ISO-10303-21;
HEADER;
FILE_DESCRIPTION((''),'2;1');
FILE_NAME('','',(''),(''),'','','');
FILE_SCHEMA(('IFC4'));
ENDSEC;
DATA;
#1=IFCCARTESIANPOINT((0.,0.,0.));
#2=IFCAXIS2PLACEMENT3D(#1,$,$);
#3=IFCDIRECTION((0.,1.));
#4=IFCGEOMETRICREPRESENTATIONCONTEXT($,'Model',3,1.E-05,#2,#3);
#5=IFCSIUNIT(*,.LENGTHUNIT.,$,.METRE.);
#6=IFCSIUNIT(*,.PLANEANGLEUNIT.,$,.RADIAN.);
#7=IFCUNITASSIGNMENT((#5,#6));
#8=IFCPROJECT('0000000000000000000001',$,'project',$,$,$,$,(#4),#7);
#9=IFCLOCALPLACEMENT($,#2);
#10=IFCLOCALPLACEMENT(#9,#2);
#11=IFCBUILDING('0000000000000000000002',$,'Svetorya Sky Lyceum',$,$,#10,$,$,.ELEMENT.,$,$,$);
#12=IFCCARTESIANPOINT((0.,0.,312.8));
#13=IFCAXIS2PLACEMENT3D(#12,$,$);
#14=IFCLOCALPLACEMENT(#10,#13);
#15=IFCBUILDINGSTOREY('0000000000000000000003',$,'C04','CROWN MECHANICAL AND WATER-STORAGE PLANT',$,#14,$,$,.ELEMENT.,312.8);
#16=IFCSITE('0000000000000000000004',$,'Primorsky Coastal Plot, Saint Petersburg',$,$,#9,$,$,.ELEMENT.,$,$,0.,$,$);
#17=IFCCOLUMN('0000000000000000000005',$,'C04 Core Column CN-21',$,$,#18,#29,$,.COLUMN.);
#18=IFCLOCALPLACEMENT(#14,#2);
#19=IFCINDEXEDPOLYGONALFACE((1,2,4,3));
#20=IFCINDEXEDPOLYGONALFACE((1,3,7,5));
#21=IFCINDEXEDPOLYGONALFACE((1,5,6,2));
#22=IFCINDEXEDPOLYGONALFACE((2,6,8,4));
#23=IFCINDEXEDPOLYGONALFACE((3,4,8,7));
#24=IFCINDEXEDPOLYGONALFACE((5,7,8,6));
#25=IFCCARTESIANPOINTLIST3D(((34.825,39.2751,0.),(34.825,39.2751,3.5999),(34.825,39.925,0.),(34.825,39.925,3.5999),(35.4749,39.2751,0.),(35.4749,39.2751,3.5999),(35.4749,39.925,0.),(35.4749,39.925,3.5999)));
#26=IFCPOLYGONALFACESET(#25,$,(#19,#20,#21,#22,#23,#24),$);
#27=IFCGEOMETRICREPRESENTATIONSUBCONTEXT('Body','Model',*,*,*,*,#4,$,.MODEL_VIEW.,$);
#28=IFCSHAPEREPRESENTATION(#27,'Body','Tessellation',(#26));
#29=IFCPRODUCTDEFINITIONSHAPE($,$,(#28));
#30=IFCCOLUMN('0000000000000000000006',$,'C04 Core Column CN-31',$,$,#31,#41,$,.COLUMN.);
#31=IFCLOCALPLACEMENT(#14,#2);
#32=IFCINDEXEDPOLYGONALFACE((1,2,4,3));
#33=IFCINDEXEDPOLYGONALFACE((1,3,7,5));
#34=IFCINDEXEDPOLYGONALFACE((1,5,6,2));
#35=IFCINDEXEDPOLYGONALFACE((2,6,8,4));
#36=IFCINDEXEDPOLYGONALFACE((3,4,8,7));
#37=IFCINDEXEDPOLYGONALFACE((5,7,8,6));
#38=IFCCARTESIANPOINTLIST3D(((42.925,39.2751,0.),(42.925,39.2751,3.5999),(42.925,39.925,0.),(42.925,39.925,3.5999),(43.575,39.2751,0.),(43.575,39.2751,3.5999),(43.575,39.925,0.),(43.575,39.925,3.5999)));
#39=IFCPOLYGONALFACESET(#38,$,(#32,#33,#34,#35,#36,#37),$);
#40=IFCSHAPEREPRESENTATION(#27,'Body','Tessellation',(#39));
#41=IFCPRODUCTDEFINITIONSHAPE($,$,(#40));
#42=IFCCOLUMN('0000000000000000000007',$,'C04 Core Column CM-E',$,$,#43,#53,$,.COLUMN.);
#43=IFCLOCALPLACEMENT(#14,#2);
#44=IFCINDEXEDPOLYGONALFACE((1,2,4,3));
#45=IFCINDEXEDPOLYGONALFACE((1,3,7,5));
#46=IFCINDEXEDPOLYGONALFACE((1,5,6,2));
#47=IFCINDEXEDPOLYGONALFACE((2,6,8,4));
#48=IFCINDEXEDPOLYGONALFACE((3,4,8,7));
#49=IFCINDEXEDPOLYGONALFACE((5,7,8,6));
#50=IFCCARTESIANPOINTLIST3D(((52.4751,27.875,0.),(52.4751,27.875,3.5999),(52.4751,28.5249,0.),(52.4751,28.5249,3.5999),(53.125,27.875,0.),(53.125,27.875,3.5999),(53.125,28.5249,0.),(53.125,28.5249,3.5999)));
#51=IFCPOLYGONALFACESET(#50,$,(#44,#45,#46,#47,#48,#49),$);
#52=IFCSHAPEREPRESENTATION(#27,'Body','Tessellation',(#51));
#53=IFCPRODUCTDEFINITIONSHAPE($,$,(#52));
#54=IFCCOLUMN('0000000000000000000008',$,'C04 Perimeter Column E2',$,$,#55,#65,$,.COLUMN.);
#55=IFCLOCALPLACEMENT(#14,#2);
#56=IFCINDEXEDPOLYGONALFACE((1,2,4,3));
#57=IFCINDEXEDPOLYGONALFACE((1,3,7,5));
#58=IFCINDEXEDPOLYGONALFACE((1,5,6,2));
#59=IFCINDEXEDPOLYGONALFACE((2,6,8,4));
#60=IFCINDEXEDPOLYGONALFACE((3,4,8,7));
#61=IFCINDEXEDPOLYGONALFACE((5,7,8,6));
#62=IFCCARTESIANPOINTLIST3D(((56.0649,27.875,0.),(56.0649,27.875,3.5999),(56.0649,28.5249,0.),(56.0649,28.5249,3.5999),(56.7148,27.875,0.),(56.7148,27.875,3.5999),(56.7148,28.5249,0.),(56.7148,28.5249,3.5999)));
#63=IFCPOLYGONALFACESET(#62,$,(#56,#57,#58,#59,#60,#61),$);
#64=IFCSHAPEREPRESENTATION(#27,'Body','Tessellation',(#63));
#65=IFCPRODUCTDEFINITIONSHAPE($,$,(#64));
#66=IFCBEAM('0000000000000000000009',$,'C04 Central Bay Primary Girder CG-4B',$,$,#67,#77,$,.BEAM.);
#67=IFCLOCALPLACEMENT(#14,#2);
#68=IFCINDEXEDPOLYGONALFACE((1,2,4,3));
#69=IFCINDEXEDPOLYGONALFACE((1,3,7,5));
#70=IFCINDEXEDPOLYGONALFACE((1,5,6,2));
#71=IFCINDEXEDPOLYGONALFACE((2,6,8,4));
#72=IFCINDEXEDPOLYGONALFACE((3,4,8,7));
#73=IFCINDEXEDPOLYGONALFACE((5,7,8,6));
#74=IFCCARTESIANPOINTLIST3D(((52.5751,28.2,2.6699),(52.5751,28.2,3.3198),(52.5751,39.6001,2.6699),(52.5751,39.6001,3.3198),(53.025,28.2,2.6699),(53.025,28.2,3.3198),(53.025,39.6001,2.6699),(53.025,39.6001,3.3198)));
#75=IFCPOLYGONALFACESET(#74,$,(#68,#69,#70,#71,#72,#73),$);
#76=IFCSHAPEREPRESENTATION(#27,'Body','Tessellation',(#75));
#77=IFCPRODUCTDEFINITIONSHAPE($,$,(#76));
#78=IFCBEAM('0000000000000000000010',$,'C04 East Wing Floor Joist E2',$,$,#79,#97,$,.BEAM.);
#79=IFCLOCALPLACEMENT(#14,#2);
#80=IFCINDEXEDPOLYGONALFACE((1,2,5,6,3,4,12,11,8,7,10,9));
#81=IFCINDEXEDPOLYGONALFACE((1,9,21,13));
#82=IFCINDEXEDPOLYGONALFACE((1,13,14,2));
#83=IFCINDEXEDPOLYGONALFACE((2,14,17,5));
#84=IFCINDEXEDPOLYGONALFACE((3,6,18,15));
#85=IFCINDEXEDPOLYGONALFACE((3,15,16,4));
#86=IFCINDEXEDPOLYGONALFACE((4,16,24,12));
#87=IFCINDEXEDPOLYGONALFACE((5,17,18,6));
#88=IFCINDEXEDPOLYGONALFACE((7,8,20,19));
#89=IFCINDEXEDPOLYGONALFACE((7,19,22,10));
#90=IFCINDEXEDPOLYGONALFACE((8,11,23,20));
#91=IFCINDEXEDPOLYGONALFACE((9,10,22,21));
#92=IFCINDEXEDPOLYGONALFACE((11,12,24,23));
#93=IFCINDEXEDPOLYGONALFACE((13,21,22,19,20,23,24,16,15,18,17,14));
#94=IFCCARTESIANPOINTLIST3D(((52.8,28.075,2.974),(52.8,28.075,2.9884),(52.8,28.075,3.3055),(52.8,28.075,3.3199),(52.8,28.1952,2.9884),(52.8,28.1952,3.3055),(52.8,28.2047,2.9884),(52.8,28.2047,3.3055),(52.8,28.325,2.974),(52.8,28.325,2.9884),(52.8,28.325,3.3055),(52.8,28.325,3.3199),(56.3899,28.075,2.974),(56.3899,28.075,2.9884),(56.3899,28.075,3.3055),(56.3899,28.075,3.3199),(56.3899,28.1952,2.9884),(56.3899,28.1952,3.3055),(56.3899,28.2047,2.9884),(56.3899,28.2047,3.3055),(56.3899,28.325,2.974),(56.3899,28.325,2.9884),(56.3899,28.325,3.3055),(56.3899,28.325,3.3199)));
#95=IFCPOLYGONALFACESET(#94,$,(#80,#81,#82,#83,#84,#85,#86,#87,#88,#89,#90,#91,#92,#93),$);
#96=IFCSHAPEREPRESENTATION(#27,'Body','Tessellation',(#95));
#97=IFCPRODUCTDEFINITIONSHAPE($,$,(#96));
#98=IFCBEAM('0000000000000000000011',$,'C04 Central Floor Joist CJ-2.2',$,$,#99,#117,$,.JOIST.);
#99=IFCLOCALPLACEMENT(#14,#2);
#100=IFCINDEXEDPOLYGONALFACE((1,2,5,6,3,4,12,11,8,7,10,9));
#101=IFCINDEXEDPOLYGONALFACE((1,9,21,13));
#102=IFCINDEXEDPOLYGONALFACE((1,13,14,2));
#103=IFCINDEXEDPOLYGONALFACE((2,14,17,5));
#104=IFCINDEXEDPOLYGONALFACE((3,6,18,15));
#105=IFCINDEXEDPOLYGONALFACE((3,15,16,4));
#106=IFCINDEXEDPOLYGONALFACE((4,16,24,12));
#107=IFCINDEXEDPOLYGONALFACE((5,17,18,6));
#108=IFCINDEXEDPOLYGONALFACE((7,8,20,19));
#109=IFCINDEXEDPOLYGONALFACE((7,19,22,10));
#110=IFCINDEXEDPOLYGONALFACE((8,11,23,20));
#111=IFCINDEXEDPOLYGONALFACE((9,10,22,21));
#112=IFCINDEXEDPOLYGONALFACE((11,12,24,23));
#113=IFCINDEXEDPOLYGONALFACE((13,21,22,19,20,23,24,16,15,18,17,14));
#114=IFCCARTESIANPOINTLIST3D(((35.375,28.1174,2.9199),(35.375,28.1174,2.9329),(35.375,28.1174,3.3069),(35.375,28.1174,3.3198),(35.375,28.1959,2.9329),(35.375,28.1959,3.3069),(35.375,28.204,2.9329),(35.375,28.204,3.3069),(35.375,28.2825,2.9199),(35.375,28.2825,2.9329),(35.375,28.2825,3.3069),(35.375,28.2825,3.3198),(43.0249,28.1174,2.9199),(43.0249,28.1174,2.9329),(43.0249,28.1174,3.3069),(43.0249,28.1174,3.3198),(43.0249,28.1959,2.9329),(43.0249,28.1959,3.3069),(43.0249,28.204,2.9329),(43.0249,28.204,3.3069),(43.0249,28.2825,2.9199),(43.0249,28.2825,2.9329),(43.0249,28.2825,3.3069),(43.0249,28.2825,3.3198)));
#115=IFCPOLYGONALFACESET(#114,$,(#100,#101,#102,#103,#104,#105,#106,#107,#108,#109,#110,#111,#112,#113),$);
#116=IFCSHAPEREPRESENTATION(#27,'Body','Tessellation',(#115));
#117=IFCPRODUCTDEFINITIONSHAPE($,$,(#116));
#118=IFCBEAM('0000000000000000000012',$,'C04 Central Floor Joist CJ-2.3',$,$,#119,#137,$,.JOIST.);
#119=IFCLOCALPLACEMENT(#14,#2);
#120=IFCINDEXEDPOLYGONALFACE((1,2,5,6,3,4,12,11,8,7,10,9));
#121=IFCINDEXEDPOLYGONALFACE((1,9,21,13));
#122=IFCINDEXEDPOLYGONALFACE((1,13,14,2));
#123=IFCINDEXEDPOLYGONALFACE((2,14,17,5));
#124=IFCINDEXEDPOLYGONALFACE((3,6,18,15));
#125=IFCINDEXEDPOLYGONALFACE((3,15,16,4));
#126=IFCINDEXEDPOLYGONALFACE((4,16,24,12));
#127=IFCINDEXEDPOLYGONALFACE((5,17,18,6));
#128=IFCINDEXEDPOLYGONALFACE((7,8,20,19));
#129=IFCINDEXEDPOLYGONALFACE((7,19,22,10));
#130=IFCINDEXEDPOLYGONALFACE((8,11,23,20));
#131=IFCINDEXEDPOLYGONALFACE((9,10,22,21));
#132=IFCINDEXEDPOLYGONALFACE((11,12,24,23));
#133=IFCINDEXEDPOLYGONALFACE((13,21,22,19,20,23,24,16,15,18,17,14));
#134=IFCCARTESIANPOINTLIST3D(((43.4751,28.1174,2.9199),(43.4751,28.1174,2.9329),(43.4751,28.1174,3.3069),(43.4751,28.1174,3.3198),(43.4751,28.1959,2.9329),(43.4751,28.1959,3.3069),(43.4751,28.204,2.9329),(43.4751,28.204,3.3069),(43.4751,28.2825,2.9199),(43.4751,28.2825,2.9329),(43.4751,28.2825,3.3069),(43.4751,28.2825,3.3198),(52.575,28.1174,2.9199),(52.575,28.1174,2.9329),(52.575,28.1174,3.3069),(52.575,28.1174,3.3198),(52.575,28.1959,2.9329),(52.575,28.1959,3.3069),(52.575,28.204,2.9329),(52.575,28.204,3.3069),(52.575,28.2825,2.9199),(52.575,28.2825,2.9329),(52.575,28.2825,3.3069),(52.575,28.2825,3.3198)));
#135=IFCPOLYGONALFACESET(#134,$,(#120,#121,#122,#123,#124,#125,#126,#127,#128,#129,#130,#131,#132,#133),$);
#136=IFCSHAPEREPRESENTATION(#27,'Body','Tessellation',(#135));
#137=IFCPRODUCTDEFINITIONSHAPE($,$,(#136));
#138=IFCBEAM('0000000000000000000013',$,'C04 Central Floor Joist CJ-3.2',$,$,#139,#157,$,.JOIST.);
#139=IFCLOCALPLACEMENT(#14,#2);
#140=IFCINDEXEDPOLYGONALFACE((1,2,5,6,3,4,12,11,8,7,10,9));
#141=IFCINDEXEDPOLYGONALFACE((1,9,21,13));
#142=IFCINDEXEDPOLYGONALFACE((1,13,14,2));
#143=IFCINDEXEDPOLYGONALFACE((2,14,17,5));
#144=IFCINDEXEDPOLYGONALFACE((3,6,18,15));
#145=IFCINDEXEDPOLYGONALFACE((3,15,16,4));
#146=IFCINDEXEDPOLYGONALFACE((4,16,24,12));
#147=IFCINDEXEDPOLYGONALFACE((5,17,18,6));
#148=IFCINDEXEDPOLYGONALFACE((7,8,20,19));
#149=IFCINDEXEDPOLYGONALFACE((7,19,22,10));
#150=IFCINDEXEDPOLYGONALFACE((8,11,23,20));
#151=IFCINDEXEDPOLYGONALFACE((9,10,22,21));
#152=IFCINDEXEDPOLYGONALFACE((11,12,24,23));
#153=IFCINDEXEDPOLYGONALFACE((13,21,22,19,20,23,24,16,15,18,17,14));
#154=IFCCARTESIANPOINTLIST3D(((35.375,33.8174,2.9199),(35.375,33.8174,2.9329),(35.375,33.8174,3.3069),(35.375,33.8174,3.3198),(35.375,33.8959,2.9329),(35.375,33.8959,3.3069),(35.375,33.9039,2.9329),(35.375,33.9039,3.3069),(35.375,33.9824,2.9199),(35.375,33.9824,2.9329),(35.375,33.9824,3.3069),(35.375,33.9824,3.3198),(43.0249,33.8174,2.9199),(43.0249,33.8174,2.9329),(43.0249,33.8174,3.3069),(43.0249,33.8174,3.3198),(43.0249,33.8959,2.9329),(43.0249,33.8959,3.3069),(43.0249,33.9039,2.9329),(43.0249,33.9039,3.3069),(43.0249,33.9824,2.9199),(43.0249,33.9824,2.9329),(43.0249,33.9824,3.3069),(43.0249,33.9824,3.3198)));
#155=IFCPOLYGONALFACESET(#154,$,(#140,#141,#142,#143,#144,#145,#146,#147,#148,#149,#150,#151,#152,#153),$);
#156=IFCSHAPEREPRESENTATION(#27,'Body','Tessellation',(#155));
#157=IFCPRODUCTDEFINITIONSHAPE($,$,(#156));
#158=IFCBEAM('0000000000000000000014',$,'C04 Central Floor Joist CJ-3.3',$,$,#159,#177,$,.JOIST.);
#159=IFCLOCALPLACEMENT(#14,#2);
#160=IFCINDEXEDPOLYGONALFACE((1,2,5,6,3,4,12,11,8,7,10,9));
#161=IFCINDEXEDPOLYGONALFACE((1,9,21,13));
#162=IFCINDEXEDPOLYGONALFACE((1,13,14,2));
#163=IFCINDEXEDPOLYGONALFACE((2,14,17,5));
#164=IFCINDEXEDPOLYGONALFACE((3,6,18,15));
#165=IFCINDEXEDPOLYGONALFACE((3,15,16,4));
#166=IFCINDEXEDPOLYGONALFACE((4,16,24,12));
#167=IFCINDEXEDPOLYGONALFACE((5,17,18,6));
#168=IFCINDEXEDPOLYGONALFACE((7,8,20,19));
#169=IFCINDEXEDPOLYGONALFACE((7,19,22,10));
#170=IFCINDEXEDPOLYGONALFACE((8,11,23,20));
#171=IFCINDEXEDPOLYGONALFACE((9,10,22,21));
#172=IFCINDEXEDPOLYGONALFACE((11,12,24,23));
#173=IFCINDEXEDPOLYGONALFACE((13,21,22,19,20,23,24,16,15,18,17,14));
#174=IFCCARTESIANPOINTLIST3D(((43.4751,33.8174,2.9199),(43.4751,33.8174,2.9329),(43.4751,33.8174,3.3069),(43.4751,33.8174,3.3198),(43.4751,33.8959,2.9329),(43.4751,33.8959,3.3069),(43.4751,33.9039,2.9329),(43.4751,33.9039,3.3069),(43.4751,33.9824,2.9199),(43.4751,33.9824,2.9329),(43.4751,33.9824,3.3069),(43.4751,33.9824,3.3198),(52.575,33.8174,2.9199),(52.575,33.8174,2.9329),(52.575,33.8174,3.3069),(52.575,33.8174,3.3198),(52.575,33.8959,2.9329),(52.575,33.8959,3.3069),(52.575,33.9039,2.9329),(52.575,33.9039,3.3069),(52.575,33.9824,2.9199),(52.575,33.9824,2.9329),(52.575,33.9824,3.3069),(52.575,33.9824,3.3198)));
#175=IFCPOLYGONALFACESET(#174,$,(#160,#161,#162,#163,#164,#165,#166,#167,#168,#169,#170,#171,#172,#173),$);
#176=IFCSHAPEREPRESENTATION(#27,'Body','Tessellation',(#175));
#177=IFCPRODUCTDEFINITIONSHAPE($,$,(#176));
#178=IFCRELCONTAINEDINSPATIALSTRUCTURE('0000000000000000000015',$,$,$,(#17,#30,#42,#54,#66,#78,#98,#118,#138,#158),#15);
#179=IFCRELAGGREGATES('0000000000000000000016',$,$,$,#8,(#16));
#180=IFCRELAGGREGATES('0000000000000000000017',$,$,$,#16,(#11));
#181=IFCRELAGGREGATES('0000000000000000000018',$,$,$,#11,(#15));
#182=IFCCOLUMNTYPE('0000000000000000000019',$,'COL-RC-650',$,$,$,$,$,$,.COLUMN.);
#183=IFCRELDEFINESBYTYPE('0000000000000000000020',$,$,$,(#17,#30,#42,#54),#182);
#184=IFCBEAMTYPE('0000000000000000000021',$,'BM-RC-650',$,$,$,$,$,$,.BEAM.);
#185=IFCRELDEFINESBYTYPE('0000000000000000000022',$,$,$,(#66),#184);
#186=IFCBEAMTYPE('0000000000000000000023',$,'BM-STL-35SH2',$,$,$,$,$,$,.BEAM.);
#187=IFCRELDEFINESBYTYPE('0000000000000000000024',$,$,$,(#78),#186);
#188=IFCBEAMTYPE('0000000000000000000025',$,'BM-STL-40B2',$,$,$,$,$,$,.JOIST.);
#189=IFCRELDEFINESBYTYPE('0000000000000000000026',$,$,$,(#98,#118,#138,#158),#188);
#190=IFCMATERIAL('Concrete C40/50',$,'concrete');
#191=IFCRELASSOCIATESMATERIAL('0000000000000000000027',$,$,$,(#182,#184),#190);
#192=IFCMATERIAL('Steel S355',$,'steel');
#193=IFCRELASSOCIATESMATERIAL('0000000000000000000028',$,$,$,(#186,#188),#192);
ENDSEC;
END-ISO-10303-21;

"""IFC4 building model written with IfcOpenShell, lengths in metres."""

from ifc_helpers import new_model, si_unit, direction, frame, origin, origin_2d, place, context, subcontext, project, spatial, rectangle, i_section, extrude, material, material_profile, profile_set, type_object, element, save


model = new_model("IFC4")

# Units and contexts
model_context = context("Model", 3, precision=1e-05, world=origin(), true_north=direction((0.0, 1.0)))
body_context = subcontext(model_context, "Body", "Model", "MODEL_VIEW")
ifc_project = project(units=[si_unit("LENGTHUNIT", "METRE"), si_unit("PLANEANGLEUNIT", "RADIAN")], contexts=[model_context])

# Site, building, storey
site_placement = place(None, origin())
site = spatial("IfcSite", under=ifc_project, at=site_placement, Name="Primorsky Coastal Plot, Saint Petersburg", CompositionType="ELEMENT", RefElevation=0.0)
building_placement = place(site_placement, origin())
building = spatial("IfcBuilding", under=site, at=building_placement, Name="Svetorya Sky Lyceum", CompositionType="ELEMENT")
storey_placement = place(building_placement, frame((0.0, 0.0, 312.8)))
storey = spatial("IfcBuildingStorey", under=building, at=storey_placement, Name="C04", Description="CROWN MECHANICAL AND WATER-STORAGE PLANT", CompositionType="ELEMENT", Elevation=312.8)

# Columns
ifc_material_1 = material(Name="Concrete C40/50", Category="concrete")
ifc_material_profile_1 = material_profile(ifc_material_1, rectangle(XDim=0.6499, YDim=0.6499, at=origin_2d()), Name="RC COL 650x650")
ifc_profile_set_1 = profile_set([ifc_material_profile_1], Name="Concrete C40/50")
column_type = type_object("IfcColumnType", Name="COL-RC-650", PredefinedType="COLUMN", material=ifc_profile_set_1)
for number, where, z_axis, x_axis, name in (
    (1, (35.1499, 39.6001, 0.0), (0.0, 0.0, 1.0), (1.0, 0.0, 0.0), "C04 Core Column CN-21"),
    (2, (43.25, 39.6001, 0.0), (0.0, 0.0, 1.0), (1.0, 0.0, 0.0), "C04 Core Column CN-31"),
    (3, (52.8, 28.2, 0.0), (0.0, 0.0, 1.0), (1.0, 0.0, 0.0), "C04 Core Column CM-E"),
    (4, (56.3899, 28.2, 0.0), (0.0, 0.0, 1.0), (1.0, 0.0, 0.0), "C04 Perimeter Column E2"),
):
    element("IfcColumn", number, at=place(storey_placement, frame(where, z_axis=z_axis, x_axis=x_axis)), inside=storey, type_object=column_type, Name=name, PredefinedType="COLUMN", context=body_context, shape_type="SweptSolid", body=[
        extrude(rectangle(XDim=0.6499, YDim=0.6499, at=origin_2d()), origin(), (0.0, 0.0, 1.0), 3.5999),
    ])

# Beams
ifc_material_profile_2 = material_profile(ifc_material_1, rectangle(XDim=0.45, YDim=0.6499, at=origin_2d()), Name="RC BEAM 450x650")
ifc_profile_set_2 = profile_set([ifc_material_profile_2], Name="Concrete C40/50")
beam_type_1 = type_object("IfcBeamType", Name="BM-RC-650", PredefinedType="BEAM", material=ifc_profile_set_2)
beam_1_placement = place(storey_placement, frame((52.8, 28.2, 2.9949), z_axis=(0.0, 1.0, 0.0), x_axis=(-1.0, 0.0, 0.0)))
element("IfcBeam", 5, at=beam_1_placement, inside=storey, type_object=beam_type_1, Name="C04 Central Bay Primary Girder CG-4B", PredefinedType="BEAM", context=body_context, shape_type="SweptSolid", body=[
    extrude(rectangle(XDim=0.45, YDim=0.6499, at=origin_2d()), origin(), (0.0, 0.0, 1.0), 11.4001),
])
ifc_material_2 = material(Name="Steel S355", Category="steel")
ifc_material_profile_3 = material_profile(ifc_material_2, i_section(OverallWidth=0.25, OverallDepth=0.3459, WebThickness=0.0095, FlangeThickness=0.0144, at=origin_2d()), Name="GOST 35Sh2")
ifc_profile_set_3 = profile_set([ifc_material_profile_3], Name="Steel S355")
beam_type_2 = type_object("IfcBeamType", Name="BM-STL-35SH2", PredefinedType="BEAM", material=ifc_profile_set_3)
beam_2_placement = place(storey_placement, frame((52.8, 28.2, 3.147), z_axis=(1.0, 0.0, 0.0), x_axis=(0.0, 1.0, 0.0)))
element("IfcBeam", 6, at=beam_2_placement, inside=storey, type_object=beam_type_2, Name="C04 East Wing Floor Joist E2", PredefinedType="BEAM", context=body_context, shape_type="SweptSolid", body=[
    extrude(i_section(OverallWidth=0.25, OverallDepth=0.3459, WebThickness=0.0095, FlangeThickness=0.0144, at=origin_2d()), origin(), (0.0, 0.0, 1.0), 3.5898),
])
ifc_material_profile_4 = material_profile(ifc_material_2, i_section(OverallWidth=0.165, OverallDepth=0.3999, WebThickness=0.0081, FlangeThickness=0.0129, at=origin_2d()), Name="GOST 40B2")
ifc_profile_set_4 = profile_set([ifc_material_profile_4], Name="Steel S355")
beam_type_3 = type_object("IfcBeamType", Name="BM-STL-40B2", PredefinedType="JOIST", material=ifc_profile_set_4)
beam_3_placement = place(storey_placement, frame((35.375, 28.2, 3.1199), z_axis=(1.0, 0.0, 0.0), x_axis=(0.0, 1.0, 0.0)))
element("IfcBeam", 7, at=beam_3_placement, inside=storey, type_object=beam_type_3, Name="C04 Central Floor Joist CJ-2.2", PredefinedType="JOIST", context=body_context, shape_type="SweptSolid", body=[
    extrude(i_section(OverallWidth=0.165, OverallDepth=0.3999, WebThickness=0.0081, FlangeThickness=0.0129, at=origin_2d()), origin(), (0.0, 0.0, 1.0), 7.6499),
])
beam_4_placement = place(storey_placement, frame((43.4751, 28.2, 3.1199), z_axis=(1.0, 0.0, 0.0), x_axis=(0.0, 1.0, 0.0)))
element("IfcBeam", 8, at=beam_4_placement, inside=storey, type_object=beam_type_3, Name="C04 Central Floor Joist CJ-2.3", PredefinedType="JOIST", context=body_context, shape_type="SweptSolid", body=[
    extrude(i_section(OverallWidth=0.165, OverallDepth=0.3999, WebThickness=0.0081, FlangeThickness=0.0129, at=origin_2d()), origin(), (0.0, 0.0, 1.0), 9.0999),
])
beam_5_placement = place(storey_placement, frame((35.375, 33.8999, 3.1199), z_axis=(1.0, 0.0, 0.0), x_axis=(0.0, 1.0, 0.0)))
element("IfcBeam", 9, at=beam_5_placement, inside=storey, type_object=beam_type_3, Name="C04 Central Floor Joist CJ-3.2", PredefinedType="JOIST", context=body_context, shape_type="SweptSolid", body=[
    extrude(i_section(OverallWidth=0.165, OverallDepth=0.3999, WebThickness=0.0081, FlangeThickness=0.0129, at=origin_2d()), origin(), (0.0, 0.0, 1.0), 7.6499),
])
beam_6_placement = place(storey_placement, frame((43.4751, 33.8999, 3.1199), z_axis=(1.0, 0.0, 0.0), x_axis=(0.0, 1.0, 0.0)))
element("IfcBeam", 10, at=beam_6_placement, inside=storey, type_object=beam_type_3, Name="C04 Central Floor Joist CJ-3.3", PredefinedType="JOIST", context=body_context, shape_type="SweptSolid", body=[
    extrude(i_section(OverallWidth=0.165, OverallDepth=0.3999, WebThickness=0.0081, FlangeThickness=0.0129, at=origin_2d()), origin(), (0.0, 0.0, 1.0), 9.0999),
])

save(model, "model.ifc")
